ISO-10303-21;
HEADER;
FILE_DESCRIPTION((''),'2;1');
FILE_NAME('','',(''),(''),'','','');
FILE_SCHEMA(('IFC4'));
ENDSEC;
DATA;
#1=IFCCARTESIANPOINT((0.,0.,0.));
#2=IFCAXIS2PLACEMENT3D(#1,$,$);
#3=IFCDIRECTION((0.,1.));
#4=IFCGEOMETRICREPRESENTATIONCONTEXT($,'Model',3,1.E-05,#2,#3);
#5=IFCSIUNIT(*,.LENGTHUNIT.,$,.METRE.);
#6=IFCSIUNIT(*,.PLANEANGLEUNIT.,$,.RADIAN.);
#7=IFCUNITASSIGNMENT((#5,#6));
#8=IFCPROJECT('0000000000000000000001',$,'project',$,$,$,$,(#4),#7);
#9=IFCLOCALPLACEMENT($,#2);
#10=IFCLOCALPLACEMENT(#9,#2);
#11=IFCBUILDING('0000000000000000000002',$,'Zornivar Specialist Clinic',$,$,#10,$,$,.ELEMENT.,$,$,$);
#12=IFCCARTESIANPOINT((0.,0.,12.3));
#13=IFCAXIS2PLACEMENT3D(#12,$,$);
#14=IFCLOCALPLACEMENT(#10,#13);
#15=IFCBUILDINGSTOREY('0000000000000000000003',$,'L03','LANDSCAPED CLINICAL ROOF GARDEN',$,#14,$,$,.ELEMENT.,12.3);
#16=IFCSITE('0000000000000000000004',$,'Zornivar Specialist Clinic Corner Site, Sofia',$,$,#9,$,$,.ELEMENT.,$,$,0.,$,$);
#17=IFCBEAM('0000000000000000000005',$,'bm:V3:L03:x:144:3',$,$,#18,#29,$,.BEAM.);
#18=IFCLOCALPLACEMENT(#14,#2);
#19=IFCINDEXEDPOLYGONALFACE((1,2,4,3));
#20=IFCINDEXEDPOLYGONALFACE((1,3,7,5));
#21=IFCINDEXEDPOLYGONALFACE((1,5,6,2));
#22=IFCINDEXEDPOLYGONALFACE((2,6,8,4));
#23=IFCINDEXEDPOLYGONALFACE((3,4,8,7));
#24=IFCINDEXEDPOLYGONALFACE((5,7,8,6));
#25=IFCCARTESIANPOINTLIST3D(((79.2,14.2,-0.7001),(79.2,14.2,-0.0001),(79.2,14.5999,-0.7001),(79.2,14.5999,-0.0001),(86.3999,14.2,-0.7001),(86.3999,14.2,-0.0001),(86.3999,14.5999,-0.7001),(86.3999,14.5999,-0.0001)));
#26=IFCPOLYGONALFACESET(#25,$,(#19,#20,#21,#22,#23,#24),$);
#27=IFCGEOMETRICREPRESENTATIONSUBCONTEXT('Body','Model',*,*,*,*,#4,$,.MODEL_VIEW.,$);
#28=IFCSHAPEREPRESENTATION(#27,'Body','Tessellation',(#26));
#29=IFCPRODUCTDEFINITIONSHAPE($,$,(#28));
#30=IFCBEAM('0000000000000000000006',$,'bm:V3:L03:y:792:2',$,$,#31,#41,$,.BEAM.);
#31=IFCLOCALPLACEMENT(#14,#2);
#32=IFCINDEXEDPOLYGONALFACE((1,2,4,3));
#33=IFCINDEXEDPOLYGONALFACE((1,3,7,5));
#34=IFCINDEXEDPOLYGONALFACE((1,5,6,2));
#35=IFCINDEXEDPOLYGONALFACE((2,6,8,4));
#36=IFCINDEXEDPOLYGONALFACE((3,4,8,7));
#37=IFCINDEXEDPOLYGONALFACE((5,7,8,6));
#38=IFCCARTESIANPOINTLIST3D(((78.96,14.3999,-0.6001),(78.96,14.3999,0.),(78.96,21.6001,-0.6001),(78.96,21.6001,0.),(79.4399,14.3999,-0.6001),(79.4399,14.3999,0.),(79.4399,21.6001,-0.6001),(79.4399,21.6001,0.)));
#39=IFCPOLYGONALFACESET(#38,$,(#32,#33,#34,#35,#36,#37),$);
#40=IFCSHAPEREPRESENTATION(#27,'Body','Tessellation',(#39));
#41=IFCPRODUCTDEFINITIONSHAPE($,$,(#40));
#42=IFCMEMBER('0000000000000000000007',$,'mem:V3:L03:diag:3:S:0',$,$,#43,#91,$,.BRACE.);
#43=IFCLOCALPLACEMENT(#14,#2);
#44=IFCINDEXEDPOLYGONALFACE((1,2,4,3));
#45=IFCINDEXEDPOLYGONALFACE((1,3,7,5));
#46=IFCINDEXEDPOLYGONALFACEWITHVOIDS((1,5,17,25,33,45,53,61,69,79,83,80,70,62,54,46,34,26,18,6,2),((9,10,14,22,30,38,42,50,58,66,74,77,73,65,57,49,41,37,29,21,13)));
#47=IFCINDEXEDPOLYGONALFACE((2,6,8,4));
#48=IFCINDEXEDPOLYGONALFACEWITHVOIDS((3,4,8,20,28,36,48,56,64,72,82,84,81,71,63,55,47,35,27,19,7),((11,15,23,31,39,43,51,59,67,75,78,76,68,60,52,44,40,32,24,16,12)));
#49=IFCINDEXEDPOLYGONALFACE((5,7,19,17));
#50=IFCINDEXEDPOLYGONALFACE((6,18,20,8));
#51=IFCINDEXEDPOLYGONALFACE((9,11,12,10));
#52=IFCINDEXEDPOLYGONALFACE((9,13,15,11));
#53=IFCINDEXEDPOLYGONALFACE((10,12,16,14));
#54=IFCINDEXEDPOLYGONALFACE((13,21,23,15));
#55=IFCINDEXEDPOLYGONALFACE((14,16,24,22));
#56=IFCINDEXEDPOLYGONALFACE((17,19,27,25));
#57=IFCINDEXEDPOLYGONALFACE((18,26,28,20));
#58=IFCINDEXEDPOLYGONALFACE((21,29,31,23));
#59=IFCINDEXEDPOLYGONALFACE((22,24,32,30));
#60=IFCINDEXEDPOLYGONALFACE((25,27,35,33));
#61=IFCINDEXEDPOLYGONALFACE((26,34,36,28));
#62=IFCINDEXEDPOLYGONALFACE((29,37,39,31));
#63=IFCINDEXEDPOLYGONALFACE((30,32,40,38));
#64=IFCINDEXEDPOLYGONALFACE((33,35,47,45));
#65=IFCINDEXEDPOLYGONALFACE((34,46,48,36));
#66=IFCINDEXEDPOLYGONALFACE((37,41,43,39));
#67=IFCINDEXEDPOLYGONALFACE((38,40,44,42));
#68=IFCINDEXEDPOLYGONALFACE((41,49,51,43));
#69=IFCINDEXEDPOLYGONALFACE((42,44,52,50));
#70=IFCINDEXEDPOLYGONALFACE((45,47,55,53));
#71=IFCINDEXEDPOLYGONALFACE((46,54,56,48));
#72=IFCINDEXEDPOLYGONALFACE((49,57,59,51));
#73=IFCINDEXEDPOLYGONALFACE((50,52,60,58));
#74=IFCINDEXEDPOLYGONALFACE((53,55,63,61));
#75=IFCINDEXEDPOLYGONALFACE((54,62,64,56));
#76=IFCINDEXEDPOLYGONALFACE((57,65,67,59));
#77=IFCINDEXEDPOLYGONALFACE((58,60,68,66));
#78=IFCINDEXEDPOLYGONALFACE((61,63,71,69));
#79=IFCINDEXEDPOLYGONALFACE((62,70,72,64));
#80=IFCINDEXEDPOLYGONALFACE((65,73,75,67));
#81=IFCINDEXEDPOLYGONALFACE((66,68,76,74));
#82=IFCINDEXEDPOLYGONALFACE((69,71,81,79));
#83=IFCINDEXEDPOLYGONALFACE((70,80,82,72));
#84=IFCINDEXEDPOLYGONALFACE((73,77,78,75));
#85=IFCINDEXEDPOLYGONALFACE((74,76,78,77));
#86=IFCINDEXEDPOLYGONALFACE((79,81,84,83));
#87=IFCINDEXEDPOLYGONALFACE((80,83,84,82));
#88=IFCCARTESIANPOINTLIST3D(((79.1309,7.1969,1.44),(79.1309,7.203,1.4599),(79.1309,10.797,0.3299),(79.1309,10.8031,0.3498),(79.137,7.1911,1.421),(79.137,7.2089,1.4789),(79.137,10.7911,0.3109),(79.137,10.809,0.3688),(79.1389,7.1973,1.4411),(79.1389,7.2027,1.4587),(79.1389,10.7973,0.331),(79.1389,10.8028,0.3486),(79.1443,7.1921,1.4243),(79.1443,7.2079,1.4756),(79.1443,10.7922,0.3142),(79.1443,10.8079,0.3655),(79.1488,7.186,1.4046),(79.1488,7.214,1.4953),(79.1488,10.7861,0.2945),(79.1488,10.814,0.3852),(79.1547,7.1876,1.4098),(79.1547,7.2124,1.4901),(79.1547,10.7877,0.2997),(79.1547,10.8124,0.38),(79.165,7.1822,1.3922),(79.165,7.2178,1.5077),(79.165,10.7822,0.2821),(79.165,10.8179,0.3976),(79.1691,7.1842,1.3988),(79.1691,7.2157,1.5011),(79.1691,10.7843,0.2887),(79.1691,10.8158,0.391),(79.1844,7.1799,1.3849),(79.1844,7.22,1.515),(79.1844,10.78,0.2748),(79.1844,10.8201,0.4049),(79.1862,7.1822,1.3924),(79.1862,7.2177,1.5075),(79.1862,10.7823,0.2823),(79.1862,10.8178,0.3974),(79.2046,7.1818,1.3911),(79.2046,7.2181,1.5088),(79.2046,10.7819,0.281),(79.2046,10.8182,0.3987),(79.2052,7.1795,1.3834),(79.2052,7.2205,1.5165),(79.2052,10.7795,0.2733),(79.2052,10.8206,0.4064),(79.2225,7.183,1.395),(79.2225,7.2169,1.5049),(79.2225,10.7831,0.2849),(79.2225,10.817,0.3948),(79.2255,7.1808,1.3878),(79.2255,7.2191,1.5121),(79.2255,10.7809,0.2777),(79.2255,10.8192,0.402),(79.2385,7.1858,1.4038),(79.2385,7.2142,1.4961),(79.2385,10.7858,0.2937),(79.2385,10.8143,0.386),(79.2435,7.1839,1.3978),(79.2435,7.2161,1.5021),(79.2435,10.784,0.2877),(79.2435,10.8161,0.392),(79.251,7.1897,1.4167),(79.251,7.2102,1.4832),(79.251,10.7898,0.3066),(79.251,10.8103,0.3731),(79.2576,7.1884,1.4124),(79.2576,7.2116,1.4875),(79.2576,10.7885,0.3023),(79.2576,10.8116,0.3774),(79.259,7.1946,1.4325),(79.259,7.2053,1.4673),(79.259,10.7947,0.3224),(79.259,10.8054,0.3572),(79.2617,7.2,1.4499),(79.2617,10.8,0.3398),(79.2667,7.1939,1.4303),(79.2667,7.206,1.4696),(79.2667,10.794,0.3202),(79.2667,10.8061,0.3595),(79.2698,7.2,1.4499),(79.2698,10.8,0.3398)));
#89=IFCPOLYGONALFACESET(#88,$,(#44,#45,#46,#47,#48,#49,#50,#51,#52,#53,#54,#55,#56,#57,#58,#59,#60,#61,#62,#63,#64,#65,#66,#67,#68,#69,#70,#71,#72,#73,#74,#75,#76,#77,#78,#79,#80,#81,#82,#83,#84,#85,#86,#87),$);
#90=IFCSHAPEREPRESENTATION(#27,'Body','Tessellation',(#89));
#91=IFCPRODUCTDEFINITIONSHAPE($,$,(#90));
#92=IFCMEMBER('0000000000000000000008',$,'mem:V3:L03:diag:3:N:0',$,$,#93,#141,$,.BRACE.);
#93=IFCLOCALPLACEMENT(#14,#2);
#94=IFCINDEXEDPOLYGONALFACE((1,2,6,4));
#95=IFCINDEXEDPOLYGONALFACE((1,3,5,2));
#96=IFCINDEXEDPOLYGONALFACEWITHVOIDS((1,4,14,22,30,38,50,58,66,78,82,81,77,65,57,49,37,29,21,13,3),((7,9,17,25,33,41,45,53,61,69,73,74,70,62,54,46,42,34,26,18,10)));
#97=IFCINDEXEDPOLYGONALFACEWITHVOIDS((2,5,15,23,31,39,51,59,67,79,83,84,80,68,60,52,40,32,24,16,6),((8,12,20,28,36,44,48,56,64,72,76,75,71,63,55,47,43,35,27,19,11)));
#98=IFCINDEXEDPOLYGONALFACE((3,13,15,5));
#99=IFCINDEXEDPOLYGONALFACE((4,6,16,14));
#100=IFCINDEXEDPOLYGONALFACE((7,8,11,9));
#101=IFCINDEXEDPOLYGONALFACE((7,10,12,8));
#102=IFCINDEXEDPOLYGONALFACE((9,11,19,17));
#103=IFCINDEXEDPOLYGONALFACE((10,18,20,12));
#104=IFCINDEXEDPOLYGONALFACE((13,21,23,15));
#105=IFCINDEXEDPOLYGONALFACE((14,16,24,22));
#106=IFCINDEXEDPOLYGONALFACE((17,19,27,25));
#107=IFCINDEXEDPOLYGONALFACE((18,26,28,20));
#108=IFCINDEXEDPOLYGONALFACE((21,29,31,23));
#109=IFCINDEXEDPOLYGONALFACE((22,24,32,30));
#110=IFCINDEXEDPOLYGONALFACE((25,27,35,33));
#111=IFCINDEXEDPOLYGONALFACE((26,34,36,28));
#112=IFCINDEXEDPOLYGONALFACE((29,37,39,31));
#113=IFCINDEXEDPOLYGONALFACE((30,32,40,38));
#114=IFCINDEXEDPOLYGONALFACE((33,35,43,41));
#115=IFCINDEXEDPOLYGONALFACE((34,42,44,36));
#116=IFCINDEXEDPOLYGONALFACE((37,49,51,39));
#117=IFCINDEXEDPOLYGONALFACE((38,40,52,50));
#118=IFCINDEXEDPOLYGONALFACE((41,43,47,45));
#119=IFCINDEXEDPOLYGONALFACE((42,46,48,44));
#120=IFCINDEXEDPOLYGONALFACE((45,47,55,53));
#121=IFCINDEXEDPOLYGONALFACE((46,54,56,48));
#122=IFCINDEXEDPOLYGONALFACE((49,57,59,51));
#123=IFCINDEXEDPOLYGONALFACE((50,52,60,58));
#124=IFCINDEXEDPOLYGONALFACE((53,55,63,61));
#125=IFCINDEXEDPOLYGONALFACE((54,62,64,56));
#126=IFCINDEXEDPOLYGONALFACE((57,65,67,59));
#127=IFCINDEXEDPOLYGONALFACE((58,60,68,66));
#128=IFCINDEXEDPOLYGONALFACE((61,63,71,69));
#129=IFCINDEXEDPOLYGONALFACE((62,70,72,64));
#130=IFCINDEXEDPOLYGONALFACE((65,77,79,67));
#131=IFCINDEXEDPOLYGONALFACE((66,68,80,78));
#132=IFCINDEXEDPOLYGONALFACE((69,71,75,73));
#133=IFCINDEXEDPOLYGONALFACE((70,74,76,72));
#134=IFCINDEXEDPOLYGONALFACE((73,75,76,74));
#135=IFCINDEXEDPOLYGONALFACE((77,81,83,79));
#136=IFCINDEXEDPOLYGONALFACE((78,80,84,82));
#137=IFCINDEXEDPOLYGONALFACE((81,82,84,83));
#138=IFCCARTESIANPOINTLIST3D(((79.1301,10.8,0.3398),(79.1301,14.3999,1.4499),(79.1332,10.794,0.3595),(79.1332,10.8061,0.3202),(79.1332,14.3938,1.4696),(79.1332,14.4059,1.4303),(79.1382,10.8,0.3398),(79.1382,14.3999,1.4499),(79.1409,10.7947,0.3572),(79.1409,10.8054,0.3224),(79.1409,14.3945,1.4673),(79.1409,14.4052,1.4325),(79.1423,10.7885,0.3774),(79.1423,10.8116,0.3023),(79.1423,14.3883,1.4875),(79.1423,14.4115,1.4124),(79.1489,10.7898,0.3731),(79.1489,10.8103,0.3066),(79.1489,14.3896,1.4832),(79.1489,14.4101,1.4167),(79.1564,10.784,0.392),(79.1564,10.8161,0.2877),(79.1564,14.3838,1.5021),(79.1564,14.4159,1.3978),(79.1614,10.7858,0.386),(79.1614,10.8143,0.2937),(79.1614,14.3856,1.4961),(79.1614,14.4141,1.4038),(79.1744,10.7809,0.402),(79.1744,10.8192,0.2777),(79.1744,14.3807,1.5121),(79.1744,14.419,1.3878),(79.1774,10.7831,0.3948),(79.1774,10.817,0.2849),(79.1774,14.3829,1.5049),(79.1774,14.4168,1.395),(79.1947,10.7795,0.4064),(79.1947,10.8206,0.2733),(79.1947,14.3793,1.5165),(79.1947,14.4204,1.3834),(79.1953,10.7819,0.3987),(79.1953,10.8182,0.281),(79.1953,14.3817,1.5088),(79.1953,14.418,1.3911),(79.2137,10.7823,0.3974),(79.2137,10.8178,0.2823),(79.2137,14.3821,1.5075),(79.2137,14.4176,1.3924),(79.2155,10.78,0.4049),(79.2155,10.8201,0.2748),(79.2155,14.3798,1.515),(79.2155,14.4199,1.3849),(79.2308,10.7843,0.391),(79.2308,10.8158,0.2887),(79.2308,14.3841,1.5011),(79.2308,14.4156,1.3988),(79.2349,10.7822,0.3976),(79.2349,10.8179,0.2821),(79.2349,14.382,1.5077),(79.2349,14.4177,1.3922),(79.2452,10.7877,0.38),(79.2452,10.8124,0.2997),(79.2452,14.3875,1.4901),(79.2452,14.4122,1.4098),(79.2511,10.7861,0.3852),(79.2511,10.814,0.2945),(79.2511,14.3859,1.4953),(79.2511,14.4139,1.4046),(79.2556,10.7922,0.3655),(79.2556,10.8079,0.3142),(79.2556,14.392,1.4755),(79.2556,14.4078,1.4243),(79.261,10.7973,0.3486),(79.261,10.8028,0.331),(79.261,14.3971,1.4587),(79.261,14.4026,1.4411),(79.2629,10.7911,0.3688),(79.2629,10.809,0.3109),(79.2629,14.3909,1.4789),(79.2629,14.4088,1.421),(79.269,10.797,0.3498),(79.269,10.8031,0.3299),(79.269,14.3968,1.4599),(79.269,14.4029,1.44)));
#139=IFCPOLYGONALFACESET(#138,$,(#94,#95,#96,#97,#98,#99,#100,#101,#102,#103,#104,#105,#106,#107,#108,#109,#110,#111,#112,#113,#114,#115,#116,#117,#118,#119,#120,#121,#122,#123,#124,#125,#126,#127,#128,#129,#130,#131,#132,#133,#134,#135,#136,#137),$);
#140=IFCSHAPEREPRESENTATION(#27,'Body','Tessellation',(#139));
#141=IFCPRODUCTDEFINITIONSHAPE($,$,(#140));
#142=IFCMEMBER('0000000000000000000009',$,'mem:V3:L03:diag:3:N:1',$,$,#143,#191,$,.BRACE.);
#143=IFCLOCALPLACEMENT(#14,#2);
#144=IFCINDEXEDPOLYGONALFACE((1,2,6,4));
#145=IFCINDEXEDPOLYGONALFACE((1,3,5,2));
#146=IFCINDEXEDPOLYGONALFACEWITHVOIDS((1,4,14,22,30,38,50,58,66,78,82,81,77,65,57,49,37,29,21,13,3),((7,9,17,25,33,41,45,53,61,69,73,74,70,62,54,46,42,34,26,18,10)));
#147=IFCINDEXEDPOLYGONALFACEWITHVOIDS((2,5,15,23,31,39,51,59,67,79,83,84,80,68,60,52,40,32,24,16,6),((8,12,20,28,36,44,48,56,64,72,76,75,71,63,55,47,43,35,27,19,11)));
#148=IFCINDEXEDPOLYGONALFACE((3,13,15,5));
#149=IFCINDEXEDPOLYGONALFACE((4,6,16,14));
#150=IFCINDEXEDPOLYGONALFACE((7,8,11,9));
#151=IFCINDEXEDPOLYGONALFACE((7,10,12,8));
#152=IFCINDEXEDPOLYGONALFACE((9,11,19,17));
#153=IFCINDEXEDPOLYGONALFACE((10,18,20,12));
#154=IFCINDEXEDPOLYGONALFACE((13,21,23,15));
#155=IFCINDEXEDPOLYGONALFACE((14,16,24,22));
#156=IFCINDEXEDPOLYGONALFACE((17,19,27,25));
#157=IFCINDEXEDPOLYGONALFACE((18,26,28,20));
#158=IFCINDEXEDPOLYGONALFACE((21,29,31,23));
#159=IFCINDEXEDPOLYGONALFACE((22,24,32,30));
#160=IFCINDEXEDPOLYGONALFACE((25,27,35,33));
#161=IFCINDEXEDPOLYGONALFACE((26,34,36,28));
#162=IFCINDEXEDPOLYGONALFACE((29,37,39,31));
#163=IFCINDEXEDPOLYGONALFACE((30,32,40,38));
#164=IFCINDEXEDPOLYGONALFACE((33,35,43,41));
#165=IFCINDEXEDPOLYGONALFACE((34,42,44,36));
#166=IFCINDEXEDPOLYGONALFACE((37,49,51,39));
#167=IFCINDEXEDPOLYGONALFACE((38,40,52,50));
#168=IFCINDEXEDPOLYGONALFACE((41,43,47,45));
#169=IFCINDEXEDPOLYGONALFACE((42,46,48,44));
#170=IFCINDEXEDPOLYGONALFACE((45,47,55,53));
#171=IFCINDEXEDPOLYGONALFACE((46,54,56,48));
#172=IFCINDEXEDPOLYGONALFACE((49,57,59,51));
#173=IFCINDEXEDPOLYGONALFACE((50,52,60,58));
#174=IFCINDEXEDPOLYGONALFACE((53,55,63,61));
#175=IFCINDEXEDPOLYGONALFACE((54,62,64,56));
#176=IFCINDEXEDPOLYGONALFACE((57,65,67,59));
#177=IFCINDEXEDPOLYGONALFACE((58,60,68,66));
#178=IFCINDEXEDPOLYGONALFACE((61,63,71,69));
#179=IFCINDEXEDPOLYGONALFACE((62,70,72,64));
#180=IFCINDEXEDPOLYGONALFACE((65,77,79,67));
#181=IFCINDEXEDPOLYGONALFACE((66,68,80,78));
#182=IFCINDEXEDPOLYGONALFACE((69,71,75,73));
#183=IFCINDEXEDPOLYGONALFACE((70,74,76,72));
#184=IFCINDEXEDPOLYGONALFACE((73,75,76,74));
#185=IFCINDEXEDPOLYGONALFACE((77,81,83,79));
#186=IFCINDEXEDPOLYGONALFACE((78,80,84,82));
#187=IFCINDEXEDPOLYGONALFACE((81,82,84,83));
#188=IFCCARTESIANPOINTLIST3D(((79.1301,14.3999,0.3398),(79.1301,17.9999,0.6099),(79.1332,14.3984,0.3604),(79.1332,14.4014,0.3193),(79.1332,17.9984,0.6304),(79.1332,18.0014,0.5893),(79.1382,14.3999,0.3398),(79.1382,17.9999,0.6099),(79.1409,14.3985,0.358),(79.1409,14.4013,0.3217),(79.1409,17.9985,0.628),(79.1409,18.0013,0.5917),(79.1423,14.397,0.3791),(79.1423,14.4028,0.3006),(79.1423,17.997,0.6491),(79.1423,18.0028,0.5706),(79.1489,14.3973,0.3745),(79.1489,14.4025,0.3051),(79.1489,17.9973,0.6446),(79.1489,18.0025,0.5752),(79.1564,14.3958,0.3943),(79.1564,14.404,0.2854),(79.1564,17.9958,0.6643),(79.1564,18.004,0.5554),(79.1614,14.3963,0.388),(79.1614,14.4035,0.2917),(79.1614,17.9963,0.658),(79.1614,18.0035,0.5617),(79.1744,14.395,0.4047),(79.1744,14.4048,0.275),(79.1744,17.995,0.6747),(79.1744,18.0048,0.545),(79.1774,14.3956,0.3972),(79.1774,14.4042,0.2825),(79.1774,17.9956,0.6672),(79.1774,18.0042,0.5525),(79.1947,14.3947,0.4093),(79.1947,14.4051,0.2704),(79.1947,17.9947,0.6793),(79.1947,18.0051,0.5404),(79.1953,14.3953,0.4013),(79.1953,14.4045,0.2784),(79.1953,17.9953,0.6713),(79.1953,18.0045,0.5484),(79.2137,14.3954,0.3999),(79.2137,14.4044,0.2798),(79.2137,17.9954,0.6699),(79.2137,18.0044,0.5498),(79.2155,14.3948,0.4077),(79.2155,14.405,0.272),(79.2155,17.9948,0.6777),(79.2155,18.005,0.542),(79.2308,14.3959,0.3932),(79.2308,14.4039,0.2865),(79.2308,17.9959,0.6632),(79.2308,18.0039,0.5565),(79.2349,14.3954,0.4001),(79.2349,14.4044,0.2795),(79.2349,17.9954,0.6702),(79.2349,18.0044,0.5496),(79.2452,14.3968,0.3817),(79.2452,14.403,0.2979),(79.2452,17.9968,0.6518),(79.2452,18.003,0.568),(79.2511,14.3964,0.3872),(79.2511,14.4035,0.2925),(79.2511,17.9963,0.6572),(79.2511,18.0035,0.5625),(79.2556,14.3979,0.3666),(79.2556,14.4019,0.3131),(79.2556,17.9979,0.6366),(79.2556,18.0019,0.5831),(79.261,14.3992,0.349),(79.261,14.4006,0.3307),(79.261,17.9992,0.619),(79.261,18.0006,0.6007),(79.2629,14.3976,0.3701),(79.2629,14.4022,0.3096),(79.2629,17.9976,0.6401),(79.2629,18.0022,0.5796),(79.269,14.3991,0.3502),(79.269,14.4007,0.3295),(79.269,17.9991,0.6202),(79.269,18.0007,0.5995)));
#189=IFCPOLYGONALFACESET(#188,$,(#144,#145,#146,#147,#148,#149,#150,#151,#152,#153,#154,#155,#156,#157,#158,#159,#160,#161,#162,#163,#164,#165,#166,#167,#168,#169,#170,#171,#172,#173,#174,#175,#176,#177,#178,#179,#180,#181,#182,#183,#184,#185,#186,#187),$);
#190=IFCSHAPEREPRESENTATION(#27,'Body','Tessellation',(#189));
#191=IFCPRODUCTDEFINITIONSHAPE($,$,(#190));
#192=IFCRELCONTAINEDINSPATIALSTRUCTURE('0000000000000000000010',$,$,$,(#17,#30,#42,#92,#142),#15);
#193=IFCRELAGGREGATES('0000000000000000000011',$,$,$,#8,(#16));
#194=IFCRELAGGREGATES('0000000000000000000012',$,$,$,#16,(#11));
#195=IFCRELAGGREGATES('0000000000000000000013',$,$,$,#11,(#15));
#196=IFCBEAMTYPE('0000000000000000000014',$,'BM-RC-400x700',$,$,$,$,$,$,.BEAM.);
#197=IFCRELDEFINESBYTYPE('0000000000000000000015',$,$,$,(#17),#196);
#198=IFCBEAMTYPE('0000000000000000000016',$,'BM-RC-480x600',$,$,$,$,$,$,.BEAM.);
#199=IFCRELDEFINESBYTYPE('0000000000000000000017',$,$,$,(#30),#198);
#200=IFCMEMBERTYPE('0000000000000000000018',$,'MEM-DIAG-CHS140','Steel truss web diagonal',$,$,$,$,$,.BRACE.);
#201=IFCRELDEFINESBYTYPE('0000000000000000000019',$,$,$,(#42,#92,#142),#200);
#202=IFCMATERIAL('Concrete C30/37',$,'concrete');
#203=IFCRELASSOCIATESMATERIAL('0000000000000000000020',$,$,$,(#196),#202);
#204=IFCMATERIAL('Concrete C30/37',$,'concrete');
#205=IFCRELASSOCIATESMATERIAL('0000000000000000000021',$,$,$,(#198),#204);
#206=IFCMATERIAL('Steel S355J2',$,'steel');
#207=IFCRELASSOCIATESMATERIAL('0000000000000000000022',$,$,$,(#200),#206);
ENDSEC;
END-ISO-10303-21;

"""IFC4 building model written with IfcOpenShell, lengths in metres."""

from ifc_helpers import new_model, si_unit, direction, frame, origin, origin_2d, place, context, subcontext, project, spatial, rectangle, hollow_circle, extrude, material, material_profile, profile_set, type_object, element, save


model = new_model("IFC4")

# Units and contexts
model_context = context("Model", 3, precision=1e-05, world=origin(), true_north=direction((0.0, 1.0)))
body_context = subcontext(model_context, "Body", "Model", "MODEL_VIEW")
ifc_project = project(units=[si_unit("LENGTHUNIT", "METRE"), si_unit("PLANEANGLEUNIT", "RADIAN")], contexts=[model_context])

# Site, building, storey
site_placement = place(None, origin())
site = spatial("IfcSite", under=ifc_project, at=site_placement, Name="Zornivar Specialist Clinic Corner Site, Sofia", CompositionType="ELEMENT", RefElevation=0.0)
building_placement = place(site_placement, origin())
building = spatial("IfcBuilding", under=site, at=building_placement, Name="Zornivar Specialist Clinic", CompositionType="ELEMENT")
storey_placement = place(building_placement, frame((0.0, 0.0, 12.3)))
storey = spatial("IfcBuildingStorey", under=building, at=storey_placement, Name="L03", Description="LANDSCAPED CLINICAL ROOF GARDEN", CompositionType="ELEMENT", Elevation=12.3)

# Beams
ifc_material_1 = material(Name="Concrete C30/37", Category="concrete")
ifc_material_profile_1 = material_profile(ifc_material_1, rectangle(XDim=0.3999, YDim=0.7, at=origin_2d()), Name="RC 400x700")
ifc_profile_set_1 = profile_set([ifc_material_profile_1], Name="Concrete C30/37")
beam_type_1 = type_object("IfcBeamType", Name="BM-RC-400x700", PredefinedType="BEAM", material=ifc_profile_set_1)
beam_1_placement = place(storey_placement, frame((79.2, 14.3999, -0.3501), z_axis=(1.0, 0.0, 0.0), x_axis=(0.0, 1.0, 0.0)))
element("IfcBeam", 1, at=beam_1_placement, inside=storey, type_object=beam_type_1, Name="bm:V3:L03:x:144:3", PredefinedType="BEAM", context=body_context, shape_type="SweptSolid", body=[
    extrude(rectangle(XDim=0.3999, YDim=0.7, at=origin_2d()), origin(), (0.0, 0.0, 1.0), 7.2),
])
ifc_material_2 = material(Name="Concrete C30/37", Category="concrete")
ifc_material_profile_2 = material_profile(ifc_material_2, rectangle(XDim=0.48, YDim=0.6001, at=origin_2d()), Name="RC 480x600")
ifc_profile_set_2 = profile_set([ifc_material_profile_2], Name="Concrete C30/37")
beam_type_2 = type_object("IfcBeamType", Name="BM-RC-480x600", PredefinedType="BEAM", material=ifc_profile_set_2)
beam_2_placement = place(storey_placement, frame((79.2, 14.3999, -0.3), z_axis=(0.0, 1.0, 0.0), x_axis=(-1.0, 0.0, 0.0)))
element("IfcBeam", 2, at=beam_2_placement, inside=storey, type_object=beam_type_2, Name="bm:V3:L03:y:792:2", PredefinedType="BEAM", context=body_context, shape_type="SweptSolid", body=[
    extrude(rectangle(XDim=0.48, YDim=0.6001, at=origin_2d()), origin(), (0.0, 0.0, 1.0), 7.2002),
])

# Members
ifc_material_3 = material(Name="Steel S355J2", Category="steel")
ifc_material_profile_3 = material_profile(ifc_material_3, hollow_circle(Radius=0.0698, WallThickness=0.0081, at=origin_2d()), Name="CHS 139.7x8")
ifc_profile_set_3 = profile_set([ifc_material_profile_3], Name="Steel S355J2")
member_type_1 = type_object("IfcMemberType", Name="MEM-DIAG-CHS140", Description="Steel truss web diagonal", PredefinedType="BRACE", material=ifc_profile_set_3)
member_1_placement = place(storey_placement, frame((79.2, 10.8, 0.3398), z_axis=(0.0, -0.955601, 0.294664), x_axis=(1.0, 0.0, 0.0)))
element("IfcMember", 3, at=member_1_placement, inside=storey, type_object=member_type_1, Name="mem:V3:L03:diag:3:S:0", PredefinedType="BRACE", context=body_context, shape_type="SweptSolid", body=[
    extrude(hollow_circle(Radius=0.0698, WallThickness=0.0081, at=origin_2d()), origin(), (0.0, 0.0, 1.0), 3.7673),
])
member_2_placement = place(storey_placement, frame((79.2, 10.8, 0.3398), z_axis=(0.0, 0.955595, 0.294682), x_axis=(-1.0, 0.0, 0.0)))
element("IfcMember", 4, at=member_2_placement, inside=storey, type_object=member_type_1, Name="mem:V3:L03:diag:3:N:0", PredefinedType="BRACE", context=body_context, shape_type="SweptSolid", body=[
    extrude(hollow_circle(Radius=0.0698, WallThickness=0.0081, at=origin_2d()), origin(), (0.0, 0.0, 1.0), 3.7671),
])
member_3_placement = place(storey_placement, frame((79.2, 14.3999, 0.3398), z_axis=(0.0, 0.997199, 0.074793), x_axis=(-1.0, 0.0, 0.0)))
element("IfcMember", 5, at=member_3_placement, inside=storey, type_object=member_type_1, Name="mem:V3:L03:diag:3:N:1", PredefinedType="BRACE", context=body_context, shape_type="SweptSolid", body=[
    extrude(hollow_circle(Radius=0.0698, WallThickness=0.0081, at=origin_2d()), origin(), (0.0, 0.0, 1.0), 3.6101),
])

save(model, "model.ifc")
